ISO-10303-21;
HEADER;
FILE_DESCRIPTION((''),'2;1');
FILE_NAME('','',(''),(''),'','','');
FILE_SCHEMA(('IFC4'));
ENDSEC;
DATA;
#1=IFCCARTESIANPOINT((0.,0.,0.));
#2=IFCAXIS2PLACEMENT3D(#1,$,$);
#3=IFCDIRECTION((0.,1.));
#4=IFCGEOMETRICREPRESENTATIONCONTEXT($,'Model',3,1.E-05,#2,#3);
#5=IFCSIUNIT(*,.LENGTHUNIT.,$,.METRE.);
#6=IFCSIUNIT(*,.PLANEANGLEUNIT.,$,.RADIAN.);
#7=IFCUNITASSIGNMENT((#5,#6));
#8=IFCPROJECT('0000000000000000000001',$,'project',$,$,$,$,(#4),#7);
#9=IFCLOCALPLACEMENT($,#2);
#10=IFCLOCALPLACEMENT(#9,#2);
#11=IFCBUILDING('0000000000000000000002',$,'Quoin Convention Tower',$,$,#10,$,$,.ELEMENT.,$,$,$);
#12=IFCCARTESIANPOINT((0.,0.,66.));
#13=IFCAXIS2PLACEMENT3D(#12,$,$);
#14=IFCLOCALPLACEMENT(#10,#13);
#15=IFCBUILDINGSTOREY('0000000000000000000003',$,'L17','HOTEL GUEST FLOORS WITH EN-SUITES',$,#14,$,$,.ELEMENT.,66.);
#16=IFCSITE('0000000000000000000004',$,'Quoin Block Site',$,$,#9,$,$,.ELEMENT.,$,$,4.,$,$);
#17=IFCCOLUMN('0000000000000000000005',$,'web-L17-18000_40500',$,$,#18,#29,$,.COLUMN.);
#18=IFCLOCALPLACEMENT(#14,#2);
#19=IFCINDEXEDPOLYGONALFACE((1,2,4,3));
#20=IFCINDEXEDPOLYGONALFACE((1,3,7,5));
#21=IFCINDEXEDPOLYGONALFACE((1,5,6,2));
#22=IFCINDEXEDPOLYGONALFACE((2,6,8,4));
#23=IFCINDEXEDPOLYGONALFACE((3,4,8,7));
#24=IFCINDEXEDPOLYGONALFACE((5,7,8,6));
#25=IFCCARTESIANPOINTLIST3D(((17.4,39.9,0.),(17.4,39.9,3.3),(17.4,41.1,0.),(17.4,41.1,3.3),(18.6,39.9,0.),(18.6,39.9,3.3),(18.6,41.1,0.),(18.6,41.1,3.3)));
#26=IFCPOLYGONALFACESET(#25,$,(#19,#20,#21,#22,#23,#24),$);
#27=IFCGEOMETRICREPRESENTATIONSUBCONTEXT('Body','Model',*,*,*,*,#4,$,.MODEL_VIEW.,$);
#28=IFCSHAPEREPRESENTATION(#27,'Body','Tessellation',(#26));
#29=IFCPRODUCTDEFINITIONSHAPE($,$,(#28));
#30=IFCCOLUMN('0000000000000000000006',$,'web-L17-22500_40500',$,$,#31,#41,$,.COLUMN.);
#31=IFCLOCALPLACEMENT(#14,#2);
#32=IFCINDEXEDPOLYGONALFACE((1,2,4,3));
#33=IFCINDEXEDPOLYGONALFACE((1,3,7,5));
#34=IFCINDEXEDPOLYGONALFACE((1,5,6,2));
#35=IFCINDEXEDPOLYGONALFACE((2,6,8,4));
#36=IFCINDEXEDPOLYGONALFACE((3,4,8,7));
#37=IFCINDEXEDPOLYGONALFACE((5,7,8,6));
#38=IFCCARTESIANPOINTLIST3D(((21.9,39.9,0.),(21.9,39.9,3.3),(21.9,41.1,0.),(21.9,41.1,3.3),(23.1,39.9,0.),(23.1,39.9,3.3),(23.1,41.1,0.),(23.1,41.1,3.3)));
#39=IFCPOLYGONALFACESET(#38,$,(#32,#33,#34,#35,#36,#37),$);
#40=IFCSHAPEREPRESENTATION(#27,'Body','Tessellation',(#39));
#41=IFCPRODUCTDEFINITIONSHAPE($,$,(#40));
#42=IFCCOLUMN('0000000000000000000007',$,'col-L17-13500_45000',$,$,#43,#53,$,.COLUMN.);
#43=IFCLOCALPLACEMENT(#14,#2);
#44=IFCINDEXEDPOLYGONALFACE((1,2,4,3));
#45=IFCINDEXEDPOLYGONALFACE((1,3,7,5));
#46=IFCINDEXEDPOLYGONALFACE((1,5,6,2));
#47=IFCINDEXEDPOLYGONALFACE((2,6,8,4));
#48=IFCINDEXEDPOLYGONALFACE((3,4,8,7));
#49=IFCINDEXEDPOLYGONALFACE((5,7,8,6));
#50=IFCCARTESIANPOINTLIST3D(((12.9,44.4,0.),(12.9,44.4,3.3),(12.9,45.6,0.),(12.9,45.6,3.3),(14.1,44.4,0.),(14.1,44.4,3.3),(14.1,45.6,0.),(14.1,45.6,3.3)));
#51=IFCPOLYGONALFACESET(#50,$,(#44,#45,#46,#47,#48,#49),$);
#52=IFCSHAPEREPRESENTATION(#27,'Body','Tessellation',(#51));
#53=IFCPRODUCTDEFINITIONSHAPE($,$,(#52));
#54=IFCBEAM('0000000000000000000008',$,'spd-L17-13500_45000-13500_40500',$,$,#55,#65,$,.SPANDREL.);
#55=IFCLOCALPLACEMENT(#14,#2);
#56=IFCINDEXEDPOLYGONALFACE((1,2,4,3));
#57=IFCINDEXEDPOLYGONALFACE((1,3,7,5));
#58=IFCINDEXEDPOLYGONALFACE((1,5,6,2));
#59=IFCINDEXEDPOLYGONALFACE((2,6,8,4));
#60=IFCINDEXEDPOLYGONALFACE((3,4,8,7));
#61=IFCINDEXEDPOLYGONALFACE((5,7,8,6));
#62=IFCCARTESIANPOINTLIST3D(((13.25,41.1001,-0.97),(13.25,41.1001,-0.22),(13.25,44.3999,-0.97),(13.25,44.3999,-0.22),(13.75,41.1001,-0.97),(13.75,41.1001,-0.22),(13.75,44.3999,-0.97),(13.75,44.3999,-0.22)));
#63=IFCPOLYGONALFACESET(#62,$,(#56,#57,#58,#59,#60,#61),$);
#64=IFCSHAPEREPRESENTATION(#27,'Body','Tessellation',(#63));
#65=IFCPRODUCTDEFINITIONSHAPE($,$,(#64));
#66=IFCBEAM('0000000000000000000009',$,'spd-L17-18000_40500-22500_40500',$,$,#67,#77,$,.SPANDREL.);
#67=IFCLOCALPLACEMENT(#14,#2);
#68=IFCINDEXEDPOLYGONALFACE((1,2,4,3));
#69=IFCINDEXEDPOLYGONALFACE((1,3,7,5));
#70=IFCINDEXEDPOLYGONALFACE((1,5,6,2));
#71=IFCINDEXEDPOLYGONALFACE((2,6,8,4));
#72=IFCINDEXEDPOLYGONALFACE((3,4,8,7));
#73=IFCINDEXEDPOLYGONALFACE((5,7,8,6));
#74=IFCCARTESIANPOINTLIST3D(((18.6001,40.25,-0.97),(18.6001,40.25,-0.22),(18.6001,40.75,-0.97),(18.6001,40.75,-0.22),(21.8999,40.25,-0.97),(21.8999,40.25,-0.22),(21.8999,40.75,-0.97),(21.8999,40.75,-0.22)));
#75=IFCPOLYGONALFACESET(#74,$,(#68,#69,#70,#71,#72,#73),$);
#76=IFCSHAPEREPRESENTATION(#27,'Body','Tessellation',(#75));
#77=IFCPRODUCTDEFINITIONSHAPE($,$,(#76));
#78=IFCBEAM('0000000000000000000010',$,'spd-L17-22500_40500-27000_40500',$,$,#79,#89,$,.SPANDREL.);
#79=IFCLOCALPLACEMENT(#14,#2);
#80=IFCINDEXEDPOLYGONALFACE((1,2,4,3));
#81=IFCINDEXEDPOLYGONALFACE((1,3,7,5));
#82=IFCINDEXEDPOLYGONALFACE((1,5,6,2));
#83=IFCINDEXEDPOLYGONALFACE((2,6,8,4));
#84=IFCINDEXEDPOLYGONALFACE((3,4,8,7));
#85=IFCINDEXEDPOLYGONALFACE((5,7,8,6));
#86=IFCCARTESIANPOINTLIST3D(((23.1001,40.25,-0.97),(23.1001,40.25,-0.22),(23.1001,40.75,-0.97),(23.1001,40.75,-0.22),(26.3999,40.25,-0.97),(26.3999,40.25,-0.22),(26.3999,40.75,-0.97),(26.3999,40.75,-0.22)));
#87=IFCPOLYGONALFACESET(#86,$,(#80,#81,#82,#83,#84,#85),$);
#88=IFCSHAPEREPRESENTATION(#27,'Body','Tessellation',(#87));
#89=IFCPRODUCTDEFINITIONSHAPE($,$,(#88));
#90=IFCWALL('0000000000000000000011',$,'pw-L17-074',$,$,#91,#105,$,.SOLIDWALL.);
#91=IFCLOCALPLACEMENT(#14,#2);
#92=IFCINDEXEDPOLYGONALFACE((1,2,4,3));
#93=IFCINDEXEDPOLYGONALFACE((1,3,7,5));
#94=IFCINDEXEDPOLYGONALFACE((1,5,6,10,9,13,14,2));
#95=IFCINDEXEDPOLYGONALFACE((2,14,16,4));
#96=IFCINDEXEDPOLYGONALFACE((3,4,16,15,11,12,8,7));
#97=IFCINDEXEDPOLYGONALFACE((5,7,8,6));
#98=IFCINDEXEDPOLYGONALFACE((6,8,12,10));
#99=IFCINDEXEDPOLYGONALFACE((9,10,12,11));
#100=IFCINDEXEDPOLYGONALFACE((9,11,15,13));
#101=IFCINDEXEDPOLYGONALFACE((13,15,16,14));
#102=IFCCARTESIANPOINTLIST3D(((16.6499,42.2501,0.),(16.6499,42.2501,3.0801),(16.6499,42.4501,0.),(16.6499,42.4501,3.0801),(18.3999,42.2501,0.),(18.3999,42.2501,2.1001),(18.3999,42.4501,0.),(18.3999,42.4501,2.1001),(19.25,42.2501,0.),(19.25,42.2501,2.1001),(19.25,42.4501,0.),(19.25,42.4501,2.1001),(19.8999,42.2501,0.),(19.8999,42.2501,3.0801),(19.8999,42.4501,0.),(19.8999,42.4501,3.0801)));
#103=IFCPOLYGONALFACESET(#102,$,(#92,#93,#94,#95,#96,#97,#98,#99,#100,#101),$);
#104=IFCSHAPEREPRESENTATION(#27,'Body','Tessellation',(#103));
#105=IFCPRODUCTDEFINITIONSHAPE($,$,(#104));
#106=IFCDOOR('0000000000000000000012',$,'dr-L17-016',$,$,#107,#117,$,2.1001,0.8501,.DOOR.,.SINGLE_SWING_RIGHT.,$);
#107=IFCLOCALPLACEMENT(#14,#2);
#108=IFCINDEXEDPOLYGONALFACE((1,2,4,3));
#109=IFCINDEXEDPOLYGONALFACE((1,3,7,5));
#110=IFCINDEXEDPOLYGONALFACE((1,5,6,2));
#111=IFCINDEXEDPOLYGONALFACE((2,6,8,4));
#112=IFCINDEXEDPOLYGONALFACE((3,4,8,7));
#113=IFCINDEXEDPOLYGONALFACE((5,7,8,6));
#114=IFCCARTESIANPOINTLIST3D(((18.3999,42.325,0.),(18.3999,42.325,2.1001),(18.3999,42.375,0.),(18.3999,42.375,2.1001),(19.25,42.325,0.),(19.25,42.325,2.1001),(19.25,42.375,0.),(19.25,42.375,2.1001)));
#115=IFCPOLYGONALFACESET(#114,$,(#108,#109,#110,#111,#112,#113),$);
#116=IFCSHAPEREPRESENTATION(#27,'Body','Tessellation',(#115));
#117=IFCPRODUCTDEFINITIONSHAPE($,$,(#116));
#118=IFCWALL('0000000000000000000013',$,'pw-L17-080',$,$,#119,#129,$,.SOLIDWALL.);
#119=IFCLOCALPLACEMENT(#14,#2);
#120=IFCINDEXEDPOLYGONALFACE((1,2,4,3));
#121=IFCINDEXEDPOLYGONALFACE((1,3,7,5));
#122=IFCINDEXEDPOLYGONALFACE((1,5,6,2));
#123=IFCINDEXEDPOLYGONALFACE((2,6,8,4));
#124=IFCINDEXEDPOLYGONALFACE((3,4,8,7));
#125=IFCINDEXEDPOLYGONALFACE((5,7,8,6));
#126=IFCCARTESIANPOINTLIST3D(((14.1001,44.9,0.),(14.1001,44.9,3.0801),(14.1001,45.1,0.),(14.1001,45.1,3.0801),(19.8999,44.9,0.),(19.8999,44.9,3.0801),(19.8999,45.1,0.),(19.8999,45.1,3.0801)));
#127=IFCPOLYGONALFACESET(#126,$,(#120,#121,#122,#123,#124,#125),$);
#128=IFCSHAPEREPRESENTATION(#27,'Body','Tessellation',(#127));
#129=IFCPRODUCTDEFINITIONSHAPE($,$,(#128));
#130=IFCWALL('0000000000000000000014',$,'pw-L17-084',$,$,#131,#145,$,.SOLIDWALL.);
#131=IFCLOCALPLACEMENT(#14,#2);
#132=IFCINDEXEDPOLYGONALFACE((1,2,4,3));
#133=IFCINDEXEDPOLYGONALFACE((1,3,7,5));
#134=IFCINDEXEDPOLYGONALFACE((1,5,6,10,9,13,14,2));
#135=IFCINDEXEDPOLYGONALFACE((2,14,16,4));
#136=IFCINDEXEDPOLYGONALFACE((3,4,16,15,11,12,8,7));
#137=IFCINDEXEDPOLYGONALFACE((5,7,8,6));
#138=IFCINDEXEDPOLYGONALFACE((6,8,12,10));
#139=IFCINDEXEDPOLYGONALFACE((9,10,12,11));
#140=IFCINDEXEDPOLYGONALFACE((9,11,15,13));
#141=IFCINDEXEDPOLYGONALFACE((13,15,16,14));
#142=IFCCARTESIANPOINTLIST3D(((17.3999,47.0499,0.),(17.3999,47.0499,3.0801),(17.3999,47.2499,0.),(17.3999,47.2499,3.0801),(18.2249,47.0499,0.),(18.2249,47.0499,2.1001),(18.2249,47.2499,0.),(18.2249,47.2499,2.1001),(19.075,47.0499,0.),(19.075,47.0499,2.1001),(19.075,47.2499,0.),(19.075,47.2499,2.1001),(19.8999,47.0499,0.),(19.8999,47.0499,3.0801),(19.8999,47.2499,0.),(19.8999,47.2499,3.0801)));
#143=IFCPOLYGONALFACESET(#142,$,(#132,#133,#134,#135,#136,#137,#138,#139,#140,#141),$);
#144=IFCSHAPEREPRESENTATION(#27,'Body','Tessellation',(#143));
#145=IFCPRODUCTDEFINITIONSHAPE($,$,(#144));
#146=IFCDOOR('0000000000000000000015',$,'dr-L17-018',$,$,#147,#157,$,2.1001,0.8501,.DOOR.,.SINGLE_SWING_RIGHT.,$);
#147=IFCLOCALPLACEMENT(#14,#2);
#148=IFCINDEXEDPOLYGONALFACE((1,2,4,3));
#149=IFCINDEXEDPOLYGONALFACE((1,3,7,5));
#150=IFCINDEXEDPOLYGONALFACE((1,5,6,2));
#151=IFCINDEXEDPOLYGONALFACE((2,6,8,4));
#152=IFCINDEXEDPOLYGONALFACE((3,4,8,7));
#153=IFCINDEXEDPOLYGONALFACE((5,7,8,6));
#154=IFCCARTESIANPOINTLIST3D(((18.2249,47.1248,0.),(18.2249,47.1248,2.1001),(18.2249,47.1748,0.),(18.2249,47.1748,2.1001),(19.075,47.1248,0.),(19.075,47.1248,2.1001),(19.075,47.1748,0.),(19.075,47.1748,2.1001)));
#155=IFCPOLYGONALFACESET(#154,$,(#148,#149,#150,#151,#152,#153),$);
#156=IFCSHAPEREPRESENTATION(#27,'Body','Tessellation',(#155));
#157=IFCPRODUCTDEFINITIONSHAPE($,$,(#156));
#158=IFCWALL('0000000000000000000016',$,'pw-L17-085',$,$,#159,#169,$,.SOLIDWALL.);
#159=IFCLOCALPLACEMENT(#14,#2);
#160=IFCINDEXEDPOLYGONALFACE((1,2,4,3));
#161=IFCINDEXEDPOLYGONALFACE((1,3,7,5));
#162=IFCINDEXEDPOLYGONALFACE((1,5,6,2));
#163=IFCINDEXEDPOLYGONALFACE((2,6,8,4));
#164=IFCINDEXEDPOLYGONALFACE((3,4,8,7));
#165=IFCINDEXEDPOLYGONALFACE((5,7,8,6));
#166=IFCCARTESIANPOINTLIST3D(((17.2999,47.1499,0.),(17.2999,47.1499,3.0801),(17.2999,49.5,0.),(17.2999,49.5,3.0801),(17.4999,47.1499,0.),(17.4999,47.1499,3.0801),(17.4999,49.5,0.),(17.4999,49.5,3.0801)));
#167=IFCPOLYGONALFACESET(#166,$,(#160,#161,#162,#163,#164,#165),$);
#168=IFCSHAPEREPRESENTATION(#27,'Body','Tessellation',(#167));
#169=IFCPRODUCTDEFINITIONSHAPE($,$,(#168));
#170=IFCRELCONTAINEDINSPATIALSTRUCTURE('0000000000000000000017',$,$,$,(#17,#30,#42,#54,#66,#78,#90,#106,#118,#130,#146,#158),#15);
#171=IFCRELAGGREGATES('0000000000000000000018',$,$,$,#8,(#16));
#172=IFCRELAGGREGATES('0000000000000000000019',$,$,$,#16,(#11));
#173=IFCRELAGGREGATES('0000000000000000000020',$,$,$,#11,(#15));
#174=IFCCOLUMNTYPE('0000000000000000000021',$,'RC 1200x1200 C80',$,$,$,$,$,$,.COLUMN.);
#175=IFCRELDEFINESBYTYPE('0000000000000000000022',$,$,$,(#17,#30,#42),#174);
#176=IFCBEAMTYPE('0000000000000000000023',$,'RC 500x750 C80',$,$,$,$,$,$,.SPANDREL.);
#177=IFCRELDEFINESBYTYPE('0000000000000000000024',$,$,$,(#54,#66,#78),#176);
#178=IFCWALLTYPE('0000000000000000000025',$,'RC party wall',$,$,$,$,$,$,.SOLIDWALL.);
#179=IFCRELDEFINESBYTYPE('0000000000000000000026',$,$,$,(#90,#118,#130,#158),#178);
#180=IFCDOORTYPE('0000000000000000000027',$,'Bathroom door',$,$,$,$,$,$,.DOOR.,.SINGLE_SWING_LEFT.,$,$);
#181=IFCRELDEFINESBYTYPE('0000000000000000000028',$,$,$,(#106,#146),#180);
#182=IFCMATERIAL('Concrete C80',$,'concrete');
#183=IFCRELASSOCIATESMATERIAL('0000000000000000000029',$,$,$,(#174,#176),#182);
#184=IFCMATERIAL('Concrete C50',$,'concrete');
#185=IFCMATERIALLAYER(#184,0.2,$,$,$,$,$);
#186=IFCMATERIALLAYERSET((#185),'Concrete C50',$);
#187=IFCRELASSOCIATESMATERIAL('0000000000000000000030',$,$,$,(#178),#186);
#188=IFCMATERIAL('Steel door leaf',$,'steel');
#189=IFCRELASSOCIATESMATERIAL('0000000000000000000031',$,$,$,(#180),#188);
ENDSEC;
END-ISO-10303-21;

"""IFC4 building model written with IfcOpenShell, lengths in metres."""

from ifc_helpers import new_model, si_unit, direction, frame, frame_2d, origin, origin_2d, place, context, subcontext, project, spatial, rectangle, extrude, material, layer, layer_set, material_profile, profile_set, type_object, element, fill, save


model = new_model("IFC4")

# Units and contexts
model_context = context("Model", 3, precision=1e-05, world=origin(), true_north=direction((0.0, 1.0)))
body_context = subcontext(model_context, "Body", "Model", "MODEL_VIEW")
ifc_project = project(units=[si_unit("LENGTHUNIT", "METRE"), si_unit("PLANEANGLEUNIT", "RADIAN")], contexts=[model_context])

# Site, building, storey
site_placement = place(None, origin())
site = spatial("IfcSite", under=ifc_project, at=site_placement, Name="Quoin Block Site", CompositionType="ELEMENT", RefElevation=4.0)
building_placement = place(site_placement, origin())
building = spatial("IfcBuilding", under=site, at=building_placement, Name="Quoin Convention Tower", CompositionType="ELEMENT")
storey_placement = place(building_placement, frame((0.0, 0.0, 66.0)))
storey = spatial("IfcBuildingStorey", under=building, at=storey_placement, Name="L17", Description="HOTEL GUEST FLOORS WITH EN-SUITES", CompositionType="ELEMENT", Elevation=66.0)

# Columns
ifc_material_1 = material(Name="Concrete C80", Category="concrete")
ifc_material_profile_1 = material_profile(ifc_material_1, rectangle(XDim=1.2, YDim=1.2, at=origin_2d()), Name="RC 1200x1200")
ifc_profile_set_1 = profile_set([ifc_material_profile_1], Name="Concrete C80")
column_type = type_object("IfcColumnType", Name="RC 1200x1200 C80", PredefinedType="COLUMN", material=ifc_profile_set_1)
for number, where, z_axis, x_axis, name in (
    (1, (18.0, 40.5, 0.0), (0.0, 0.0, 1.0), (1.0, 0.0, 0.0), "web-L17-18000_40500"),
    (2, (22.5, 40.5, 0.0), (0.0, 0.0, 1.0), (1.0, 0.0, 0.0), "web-L17-22500_40500"),
    (3, (13.5, 45.0, 0.0), (0.0, 0.0, 1.0), (1.0, 0.0, 0.0), "col-L17-13500_45000"),
):
    element("IfcColumn", number, at=place(storey_placement, frame(where, z_axis=z_axis, x_axis=x_axis)), inside=storey, type_object=column_type, Name=name, PredefinedType="COLUMN", context=body_context, shape_type="SweptSolid", body=[
        extrude(rectangle(XDim=1.2, YDim=1.2, at=origin_2d()), origin(), (0.0, 0.0, 1.0), 3.3),
    ])

# Beams
ifc_material_profile_2 = material_profile(ifc_material_1, rectangle(XDim=0.5, YDim=0.75, at=origin_2d()), Name="RC 500x750")
ifc_profile_set_2 = profile_set([ifc_material_profile_2], Name="Concrete C80")
beam_type = type_object("IfcBeamType", Name="RC 500x750 C80", PredefinedType="SPANDREL", material=ifc_profile_set_2)
for number, where, z_axis, x_axis, name in (
    (4, (13.5, 44.3999, -0.595), (0.0, -1.0, 0.0), (1.0, 0.0, 0.0), "spd-L17-13500_45000-13500_40500"),
    (5, (18.6001, 40.5, -0.595), (1.0, 0.0, 0.0), (0.0, 1.0, 0.0), "spd-L17-18000_40500-22500_40500"),
    (6, (23.1001, 40.5, -0.595), (1.0, 0.0, 0.0), (0.0, 1.0, 0.0), "spd-L17-22500_40500-27000_40500"),
):
    element("IfcBeam", number, at=place(storey_placement, frame(where, z_axis=z_axis, x_axis=x_axis)), inside=storey, type_object=beam_type, Name=name, PredefinedType="SPANDREL", context=body_context, shape_type="SweptSolid", body=[
        extrude(rectangle(XDim=0.5, YDim=0.75, at=origin_2d()), origin(), (0.0, 0.0, 1.0), 3.2998),
    ])

# Wall, opening, door
ifc_material_2 = material(Name="Concrete C50", Category="concrete")
ifc_layer_1 = layer(ifc_material_2, 0.2)
ifc_layer_set_1 = layer_set([ifc_layer_1], Name="Concrete C50")
wall_type_1 = type_object("IfcWallType", Name="RC party wall", PredefinedType="SOLIDWALL", material=ifc_layer_set_1)
wall_1_placement = place(storey_placement, frame((16.6499, 42.3501, 0.0), z_axis=(0.0, 0.0, 1.0), x_axis=(1.0, 0.0, 0.0)))
wall_1 = element("IfcWall", 7, at=wall_1_placement, inside=storey, type_object=wall_type_1, Name="pw-L17-074", PredefinedType="SOLIDWALL", context=body_context, shape_type="SweptSolid", body=[
    extrude(rectangle(XDim=3.25, YDim=0.2, at=frame_2d((1.625, 0.0))), origin(), (0.0, 0.0, 1.0), 3.0801),
])
opening_1_placement = place(wall_1_placement, frame((1.75, 0.0, 0.0)))
opening_1 = element("IfcOpeningElement", 8, at=opening_1_placement, cuts=wall_1, PredefinedType="OPENING", context=body_context, shape_type="SweptSolid", body=[
    extrude(rectangle(XDim=0.8501, YDim=2.1001, at=frame_2d((0.425, 1.05))), frame((0.0, 0.1099, 0.0), z_axis=(0.0, -1.0, 0.0), x_axis=(1.0, 0.0, 0.0)), (0.0, 0.0, 1.0), 0.22),
])
ifc_material_3 = material(Name="Steel door leaf", Category="steel")
door_type_1 = type_object("IfcDoorType", Name="Bathroom door", OperationType="SINGLE_SWING_LEFT", PredefinedType="DOOR", material=ifc_material_3)
door_1_placement = place(opening_1_placement, origin())
door_1 = element("IfcDoor", 9, at=door_1_placement, inside=storey, type_object=door_type_1, Name="dr-L17-016", OperationType="SINGLE_SWING_RIGHT", OverallHeight=2.1001, OverallWidth=0.8501, PredefinedType="DOOR", context=body_context, shape_type="SweptSolid", body=[
    extrude(rectangle(XDim=0.8501, YDim=2.1001, at=frame_2d((0.425, 1.05))), frame((0.0, 0.0249, 0.0), z_axis=(0.0, -1.0, 0.0), x_axis=(1.0, 0.0, 0.0)), (0.0, 0.0, 1.0), 0.05),
])
fill(opening_1, door_1)

# Wall
wall_2_placement = place(storey_placement, frame((14.1001, 45.0, 0.0), z_axis=(0.0, 0.0, 1.0), x_axis=(1.0, 0.0, 0.0)))
element("IfcWall", 10, at=wall_2_placement, inside=storey, type_object=wall_type_1, Name="pw-L17-080", PredefinedType="SOLIDWALL", context=body_context, shape_type="SweptSolid", body=[
    extrude(rectangle(XDim=5.7998, YDim=0.2, at=frame_2d((2.8999, 0.0))), origin(), (0.0, 0.0, 1.0), 3.0801),
])

# Wall, opening, door
wall_3_placement = place(storey_placement, frame((17.3999, 47.1499, 0.0), z_axis=(0.0, 0.0, 1.0), x_axis=(1.0, 0.0, 0.0)))
wall_3 = element("IfcWall", 11, at=wall_3_placement, inside=storey, type_object=wall_type_1, Name="pw-L17-084", PredefinedType="SOLIDWALL", context=body_context, shape_type="SweptSolid", body=[
    extrude(rectangle(XDim=2.5, YDim=0.2, at=frame_2d((1.25, 0.0))), origin(), (0.0, 0.0, 1.0), 3.0801),
])
opening_2_placement = place(wall_3_placement, frame((0.825, 0.0, 0.0)))
opening_2 = element("IfcOpeningElement", 12, at=opening_2_placement, cuts=wall_3, PredefinedType="OPENING", context=body_context, shape_type="SweptSolid", body=[
    extrude(rectangle(XDim=0.8501, YDim=2.1001, at=frame_2d((0.425, 1.05))), frame((0.0, 0.1099, 0.0), z_axis=(0.0, -1.0, 0.0), x_axis=(1.0, 0.0, 0.0)), (0.0, 0.0, 1.0), 0.22),
])
door_2_placement = place(opening_2_placement, origin())
door_2 = element("IfcDoor", 13, at=door_2_placement, inside=storey, type_object=door_type_1, Name="dr-L17-018", OperationType="SINGLE_SWING_RIGHT", OverallHeight=2.1001, OverallWidth=0.8501, PredefinedType="DOOR", context=body_context, shape_type="SweptSolid", body=[
    extrude(rectangle(XDim=0.8501, YDim=2.1001, at=frame_2d((0.425, 1.05))), frame((0.0, 0.0249, 0.0), z_axis=(0.0, -1.0, 0.0), x_axis=(1.0, 0.0, 0.0)), (0.0, 0.0, 1.0), 0.05),
])
fill(opening_2, door_2)

# Wall
wall_4_placement = place(storey_placement, frame((17.3999, 47.1499, 0.0), z_axis=(0.0, 0.0, 1.0), x_axis=(0.0, 1.0, 0.0)))
element("IfcWall", 14, at=wall_4_placement, inside=storey, type_object=wall_type_1, Name="pw-L17-085", PredefinedType="SOLIDWALL", context=body_context, shape_type="SweptSolid", body=[
    extrude(rectangle(XDim=2.3501, YDim=0.2, at=frame_2d((1.175, 0.0))), origin(), (0.0, 0.0, 1.0), 3.0801),
])

save(model, "model.ifc")
